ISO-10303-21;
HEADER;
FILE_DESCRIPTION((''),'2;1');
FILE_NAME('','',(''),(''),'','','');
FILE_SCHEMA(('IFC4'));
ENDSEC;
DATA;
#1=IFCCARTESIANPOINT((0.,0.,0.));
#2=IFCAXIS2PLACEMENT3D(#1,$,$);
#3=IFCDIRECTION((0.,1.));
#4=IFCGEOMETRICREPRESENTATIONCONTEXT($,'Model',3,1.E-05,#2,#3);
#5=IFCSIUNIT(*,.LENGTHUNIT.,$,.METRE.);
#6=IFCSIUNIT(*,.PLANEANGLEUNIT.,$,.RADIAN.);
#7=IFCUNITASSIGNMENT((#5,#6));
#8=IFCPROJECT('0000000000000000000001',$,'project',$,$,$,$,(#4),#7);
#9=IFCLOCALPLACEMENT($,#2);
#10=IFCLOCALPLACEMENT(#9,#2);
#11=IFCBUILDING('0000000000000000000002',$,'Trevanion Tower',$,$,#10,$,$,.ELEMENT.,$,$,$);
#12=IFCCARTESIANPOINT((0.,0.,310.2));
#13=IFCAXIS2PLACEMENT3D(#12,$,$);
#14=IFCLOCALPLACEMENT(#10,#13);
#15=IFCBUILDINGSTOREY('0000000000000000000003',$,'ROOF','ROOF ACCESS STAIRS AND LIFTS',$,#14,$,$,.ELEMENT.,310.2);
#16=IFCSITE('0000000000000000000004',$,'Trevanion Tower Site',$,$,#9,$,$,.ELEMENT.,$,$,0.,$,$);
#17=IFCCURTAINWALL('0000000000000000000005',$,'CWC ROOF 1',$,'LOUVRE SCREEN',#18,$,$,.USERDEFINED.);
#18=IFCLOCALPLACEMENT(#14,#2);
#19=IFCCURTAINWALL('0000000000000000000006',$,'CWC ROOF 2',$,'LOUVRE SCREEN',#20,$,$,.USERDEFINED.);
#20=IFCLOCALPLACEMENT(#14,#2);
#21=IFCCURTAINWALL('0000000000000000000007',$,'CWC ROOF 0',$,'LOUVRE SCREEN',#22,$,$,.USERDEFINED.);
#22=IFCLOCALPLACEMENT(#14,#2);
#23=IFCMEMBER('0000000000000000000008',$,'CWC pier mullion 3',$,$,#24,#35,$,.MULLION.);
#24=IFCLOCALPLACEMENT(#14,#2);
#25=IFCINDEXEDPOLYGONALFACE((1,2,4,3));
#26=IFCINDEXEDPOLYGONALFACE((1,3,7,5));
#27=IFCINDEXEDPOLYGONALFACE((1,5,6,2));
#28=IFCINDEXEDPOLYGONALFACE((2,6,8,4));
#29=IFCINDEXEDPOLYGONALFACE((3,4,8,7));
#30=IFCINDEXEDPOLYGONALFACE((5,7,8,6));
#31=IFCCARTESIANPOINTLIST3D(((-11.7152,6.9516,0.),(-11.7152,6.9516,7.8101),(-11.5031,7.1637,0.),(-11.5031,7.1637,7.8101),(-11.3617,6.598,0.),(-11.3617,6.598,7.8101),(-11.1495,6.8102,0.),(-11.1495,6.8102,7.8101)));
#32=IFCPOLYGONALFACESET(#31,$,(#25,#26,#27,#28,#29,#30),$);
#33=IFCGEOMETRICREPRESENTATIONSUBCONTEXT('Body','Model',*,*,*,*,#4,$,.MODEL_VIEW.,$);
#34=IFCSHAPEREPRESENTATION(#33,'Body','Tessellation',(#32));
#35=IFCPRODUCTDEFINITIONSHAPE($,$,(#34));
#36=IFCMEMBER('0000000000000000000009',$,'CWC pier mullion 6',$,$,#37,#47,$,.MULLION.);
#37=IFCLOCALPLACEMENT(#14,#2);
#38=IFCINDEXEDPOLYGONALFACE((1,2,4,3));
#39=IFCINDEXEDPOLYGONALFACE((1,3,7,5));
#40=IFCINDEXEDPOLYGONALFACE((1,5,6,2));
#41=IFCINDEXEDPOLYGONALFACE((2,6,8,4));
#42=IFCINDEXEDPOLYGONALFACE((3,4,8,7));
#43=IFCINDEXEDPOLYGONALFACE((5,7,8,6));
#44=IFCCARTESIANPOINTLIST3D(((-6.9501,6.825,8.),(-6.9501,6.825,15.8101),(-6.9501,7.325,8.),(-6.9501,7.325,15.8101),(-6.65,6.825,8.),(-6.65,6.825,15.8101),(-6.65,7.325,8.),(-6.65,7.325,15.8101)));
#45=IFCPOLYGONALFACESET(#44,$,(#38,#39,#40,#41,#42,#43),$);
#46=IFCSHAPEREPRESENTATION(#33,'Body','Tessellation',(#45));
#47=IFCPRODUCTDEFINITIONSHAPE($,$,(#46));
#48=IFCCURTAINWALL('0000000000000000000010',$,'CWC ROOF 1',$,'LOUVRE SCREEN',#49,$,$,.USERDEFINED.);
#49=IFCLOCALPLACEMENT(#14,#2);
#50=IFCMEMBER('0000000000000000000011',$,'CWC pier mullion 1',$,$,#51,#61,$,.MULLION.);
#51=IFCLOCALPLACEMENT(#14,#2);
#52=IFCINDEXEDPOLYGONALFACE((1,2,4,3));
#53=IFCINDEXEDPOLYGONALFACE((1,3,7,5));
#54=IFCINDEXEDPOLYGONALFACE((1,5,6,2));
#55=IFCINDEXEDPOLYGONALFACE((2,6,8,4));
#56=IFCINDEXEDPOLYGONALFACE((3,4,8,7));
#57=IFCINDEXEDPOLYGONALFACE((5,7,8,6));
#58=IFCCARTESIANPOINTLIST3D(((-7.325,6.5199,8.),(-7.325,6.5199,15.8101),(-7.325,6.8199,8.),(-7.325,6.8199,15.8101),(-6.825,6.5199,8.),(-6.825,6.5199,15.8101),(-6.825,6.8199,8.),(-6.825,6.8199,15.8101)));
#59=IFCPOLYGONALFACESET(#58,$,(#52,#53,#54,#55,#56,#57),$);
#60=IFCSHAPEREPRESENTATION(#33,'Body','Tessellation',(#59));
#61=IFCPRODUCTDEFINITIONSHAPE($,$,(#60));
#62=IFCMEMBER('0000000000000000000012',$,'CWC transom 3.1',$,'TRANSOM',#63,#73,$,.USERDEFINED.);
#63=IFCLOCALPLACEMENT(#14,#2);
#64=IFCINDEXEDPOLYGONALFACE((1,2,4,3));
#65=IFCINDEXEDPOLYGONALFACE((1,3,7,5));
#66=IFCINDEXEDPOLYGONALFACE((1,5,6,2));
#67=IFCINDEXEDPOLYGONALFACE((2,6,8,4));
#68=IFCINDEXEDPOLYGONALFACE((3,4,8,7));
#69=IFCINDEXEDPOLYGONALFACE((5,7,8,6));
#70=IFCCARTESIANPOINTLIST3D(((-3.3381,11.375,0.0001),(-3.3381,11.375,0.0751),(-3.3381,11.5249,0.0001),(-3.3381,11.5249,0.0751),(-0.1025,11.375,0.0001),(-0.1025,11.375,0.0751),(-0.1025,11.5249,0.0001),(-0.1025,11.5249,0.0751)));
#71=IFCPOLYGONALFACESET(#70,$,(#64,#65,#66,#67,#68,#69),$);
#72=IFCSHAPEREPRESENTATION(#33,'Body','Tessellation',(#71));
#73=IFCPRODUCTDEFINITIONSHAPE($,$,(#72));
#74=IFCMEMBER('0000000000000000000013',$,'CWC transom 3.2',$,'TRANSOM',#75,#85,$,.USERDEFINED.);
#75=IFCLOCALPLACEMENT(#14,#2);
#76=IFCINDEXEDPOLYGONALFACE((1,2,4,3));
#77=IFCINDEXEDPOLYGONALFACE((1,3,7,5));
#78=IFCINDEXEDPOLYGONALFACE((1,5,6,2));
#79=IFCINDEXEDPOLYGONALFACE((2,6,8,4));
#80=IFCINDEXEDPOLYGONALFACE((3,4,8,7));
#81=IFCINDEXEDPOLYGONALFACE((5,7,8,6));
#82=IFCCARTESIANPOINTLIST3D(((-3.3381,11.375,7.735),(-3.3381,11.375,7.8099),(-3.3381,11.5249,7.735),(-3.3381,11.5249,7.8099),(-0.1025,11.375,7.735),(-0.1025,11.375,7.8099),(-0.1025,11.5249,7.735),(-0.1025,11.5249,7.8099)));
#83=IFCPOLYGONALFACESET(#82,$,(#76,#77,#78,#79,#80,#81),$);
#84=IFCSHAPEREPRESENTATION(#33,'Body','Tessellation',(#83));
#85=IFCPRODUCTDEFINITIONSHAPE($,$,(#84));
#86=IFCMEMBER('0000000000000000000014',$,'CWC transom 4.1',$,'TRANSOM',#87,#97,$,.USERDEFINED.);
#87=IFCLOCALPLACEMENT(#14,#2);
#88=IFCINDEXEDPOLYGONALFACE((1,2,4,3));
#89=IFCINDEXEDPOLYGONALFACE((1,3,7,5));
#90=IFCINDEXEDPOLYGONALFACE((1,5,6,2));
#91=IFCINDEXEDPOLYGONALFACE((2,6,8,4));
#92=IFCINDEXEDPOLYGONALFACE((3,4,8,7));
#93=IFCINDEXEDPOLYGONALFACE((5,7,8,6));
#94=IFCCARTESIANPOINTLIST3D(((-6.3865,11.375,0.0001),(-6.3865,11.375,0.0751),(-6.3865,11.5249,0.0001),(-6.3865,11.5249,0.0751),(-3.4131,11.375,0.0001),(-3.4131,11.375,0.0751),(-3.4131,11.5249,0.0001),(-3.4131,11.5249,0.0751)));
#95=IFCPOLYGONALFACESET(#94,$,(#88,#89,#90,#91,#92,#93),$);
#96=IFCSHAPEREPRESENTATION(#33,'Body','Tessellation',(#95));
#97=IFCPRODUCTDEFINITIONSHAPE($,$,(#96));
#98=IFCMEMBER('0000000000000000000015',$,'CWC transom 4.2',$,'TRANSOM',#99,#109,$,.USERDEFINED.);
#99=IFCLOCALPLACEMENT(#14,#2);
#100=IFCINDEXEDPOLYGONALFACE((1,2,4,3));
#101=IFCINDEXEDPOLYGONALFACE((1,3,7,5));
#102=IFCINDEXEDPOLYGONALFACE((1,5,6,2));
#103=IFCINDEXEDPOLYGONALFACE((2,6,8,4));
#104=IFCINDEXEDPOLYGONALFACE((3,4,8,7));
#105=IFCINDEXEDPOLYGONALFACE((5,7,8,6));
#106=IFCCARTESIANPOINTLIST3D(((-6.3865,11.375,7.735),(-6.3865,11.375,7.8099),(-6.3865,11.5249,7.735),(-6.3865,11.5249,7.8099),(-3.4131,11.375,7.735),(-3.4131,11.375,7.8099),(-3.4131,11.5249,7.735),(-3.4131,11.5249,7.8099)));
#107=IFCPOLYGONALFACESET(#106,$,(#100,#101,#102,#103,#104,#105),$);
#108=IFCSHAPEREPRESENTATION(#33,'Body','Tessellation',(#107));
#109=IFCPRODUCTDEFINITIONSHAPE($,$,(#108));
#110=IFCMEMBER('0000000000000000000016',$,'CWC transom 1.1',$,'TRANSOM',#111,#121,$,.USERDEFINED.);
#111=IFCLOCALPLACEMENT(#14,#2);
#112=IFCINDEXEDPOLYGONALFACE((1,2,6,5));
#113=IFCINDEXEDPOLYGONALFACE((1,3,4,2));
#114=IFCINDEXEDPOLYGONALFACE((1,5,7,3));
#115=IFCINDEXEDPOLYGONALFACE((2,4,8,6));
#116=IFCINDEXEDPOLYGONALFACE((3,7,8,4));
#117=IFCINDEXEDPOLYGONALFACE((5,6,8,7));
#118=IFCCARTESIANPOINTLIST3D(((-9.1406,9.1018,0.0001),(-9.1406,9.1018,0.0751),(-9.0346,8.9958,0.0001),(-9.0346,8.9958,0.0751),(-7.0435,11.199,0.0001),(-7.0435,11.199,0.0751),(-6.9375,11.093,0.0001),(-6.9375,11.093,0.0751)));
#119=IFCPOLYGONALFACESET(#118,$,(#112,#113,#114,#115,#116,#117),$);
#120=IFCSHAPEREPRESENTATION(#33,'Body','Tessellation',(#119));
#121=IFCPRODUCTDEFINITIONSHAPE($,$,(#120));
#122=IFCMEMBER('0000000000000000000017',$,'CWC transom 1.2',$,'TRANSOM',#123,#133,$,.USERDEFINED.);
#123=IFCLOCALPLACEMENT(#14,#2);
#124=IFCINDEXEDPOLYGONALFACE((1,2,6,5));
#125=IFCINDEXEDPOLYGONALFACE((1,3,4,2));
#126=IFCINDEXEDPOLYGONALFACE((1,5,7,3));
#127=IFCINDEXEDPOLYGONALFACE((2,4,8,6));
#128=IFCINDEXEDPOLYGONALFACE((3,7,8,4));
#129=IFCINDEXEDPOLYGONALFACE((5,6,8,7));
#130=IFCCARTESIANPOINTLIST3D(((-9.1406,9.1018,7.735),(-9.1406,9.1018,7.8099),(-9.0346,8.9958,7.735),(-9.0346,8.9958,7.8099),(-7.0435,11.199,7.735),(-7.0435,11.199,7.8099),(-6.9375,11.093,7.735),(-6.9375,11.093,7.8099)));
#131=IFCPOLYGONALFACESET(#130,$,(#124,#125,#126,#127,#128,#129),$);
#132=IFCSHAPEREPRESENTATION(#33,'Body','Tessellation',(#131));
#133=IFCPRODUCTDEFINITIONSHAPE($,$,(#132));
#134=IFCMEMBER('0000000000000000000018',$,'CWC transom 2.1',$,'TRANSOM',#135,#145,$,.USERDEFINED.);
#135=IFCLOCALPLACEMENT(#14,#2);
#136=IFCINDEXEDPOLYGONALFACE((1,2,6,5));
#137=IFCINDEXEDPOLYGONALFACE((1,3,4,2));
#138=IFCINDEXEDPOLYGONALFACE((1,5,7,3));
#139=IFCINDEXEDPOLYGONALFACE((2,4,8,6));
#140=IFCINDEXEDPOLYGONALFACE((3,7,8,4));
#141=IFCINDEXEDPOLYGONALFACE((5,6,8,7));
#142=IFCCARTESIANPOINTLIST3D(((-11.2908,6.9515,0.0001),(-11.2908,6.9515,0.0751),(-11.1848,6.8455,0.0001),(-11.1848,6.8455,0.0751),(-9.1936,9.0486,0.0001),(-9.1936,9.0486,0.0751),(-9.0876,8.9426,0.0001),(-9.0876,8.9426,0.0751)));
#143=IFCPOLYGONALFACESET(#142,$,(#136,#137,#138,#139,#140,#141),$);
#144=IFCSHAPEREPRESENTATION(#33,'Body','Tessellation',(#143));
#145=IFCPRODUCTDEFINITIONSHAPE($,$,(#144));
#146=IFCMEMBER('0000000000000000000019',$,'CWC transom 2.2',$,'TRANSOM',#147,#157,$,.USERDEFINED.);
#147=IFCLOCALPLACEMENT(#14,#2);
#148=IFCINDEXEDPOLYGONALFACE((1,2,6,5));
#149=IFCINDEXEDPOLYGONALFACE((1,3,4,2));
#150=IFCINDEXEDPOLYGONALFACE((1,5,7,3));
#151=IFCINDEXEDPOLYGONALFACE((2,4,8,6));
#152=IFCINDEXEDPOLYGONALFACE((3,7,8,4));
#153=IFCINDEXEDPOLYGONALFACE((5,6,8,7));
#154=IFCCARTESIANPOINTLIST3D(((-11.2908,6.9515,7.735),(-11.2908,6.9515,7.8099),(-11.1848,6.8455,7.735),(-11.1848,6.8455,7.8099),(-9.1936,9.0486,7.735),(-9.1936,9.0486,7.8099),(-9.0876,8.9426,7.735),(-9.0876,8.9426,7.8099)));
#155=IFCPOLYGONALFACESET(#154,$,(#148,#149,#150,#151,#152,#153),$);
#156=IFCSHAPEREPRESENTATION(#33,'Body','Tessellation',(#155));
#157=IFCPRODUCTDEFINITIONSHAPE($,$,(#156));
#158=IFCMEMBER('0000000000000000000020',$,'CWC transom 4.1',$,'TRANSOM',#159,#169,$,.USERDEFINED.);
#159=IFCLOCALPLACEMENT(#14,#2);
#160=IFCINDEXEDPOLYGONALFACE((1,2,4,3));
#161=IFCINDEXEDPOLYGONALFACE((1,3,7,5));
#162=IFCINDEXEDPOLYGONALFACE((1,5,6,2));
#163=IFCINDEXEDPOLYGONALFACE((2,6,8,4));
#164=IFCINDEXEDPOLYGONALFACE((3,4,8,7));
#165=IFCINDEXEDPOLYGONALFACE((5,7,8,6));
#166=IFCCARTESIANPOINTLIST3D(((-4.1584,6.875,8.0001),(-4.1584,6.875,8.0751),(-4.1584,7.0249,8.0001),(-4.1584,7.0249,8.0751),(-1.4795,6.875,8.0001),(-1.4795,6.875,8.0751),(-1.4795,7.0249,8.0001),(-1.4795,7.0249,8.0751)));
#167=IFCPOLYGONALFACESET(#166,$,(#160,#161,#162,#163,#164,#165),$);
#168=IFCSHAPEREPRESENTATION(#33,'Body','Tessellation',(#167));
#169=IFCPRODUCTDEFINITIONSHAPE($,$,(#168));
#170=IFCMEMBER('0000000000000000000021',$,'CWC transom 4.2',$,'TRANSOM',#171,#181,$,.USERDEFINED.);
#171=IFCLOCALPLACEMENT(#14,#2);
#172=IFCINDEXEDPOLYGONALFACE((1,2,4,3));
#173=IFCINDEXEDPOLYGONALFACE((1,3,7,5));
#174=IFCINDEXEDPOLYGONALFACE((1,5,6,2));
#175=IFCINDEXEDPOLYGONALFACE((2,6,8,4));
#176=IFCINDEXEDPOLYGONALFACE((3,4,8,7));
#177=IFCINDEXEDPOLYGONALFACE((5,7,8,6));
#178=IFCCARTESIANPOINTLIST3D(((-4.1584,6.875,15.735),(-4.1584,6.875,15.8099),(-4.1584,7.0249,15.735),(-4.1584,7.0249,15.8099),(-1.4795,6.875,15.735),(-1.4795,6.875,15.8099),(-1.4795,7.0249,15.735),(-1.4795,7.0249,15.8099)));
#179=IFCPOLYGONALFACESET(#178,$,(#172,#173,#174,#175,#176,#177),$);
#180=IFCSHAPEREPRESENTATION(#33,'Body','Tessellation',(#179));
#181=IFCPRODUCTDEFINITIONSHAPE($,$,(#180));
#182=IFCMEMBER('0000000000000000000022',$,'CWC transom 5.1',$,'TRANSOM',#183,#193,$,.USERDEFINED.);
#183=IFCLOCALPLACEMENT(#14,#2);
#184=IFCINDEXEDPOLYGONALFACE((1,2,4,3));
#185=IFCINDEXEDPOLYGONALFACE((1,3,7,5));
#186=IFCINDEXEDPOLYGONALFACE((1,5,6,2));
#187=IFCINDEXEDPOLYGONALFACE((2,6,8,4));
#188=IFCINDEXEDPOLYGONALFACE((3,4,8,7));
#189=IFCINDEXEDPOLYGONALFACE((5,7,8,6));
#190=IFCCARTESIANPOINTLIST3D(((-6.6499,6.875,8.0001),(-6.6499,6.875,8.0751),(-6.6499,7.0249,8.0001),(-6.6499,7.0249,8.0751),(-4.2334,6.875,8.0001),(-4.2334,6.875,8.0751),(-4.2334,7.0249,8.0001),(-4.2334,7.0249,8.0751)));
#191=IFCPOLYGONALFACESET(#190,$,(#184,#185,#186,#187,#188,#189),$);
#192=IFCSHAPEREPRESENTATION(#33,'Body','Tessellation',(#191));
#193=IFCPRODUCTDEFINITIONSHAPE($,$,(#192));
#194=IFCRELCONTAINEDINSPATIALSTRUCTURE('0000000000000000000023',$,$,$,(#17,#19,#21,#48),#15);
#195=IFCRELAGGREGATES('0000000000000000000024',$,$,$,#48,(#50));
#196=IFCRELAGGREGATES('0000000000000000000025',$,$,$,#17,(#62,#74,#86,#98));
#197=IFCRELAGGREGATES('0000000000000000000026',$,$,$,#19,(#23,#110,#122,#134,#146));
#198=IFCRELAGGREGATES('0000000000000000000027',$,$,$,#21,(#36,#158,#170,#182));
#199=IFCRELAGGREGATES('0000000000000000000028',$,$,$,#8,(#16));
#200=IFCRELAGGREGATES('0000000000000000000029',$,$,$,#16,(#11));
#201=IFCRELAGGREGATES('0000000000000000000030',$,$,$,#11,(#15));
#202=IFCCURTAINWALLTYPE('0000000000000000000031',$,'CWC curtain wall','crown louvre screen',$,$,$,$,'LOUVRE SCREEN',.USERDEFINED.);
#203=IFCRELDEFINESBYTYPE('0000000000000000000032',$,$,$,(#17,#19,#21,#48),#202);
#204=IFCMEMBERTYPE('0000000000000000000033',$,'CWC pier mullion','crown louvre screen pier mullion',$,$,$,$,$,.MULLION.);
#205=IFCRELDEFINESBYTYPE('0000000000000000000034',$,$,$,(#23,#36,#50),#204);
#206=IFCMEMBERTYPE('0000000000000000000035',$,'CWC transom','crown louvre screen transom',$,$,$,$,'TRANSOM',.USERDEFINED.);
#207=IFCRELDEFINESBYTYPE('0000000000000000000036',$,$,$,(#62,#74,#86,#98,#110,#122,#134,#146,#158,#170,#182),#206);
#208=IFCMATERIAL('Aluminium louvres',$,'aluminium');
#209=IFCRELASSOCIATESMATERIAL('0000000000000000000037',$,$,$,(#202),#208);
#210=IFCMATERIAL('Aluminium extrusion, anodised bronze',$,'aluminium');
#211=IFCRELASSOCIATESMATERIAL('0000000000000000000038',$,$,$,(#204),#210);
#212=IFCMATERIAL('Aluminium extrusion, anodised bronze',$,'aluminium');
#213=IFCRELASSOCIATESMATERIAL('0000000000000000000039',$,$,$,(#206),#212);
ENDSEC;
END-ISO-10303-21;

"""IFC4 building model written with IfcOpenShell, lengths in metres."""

from ifc_helpers import new_model, si_unit, direction, frame, origin, origin_2d, place, context, subcontext, project, spatial, rectangle, extrude, material, material_profile, profile_set, type_object, element, aggregate, save


model = new_model("IFC4")

# Units and contexts
model_context = context("Model", 3, precision=1e-05, world=origin(), true_north=direction((0.0, 1.0)))
body_context = subcontext(model_context, "Body", "Model", "MODEL_VIEW")
ifc_project = project(units=[si_unit("LENGTHUNIT", "METRE"), si_unit("PLANEANGLEUNIT", "RADIAN")], contexts=[model_context])

# Site, building, storey
site_placement = place(None, origin())
site = spatial("IfcSite", under=ifc_project, at=site_placement, Name="Trevanion Tower Site", CompositionType="ELEMENT", RefElevation=0.0)
building_placement = place(site_placement, origin())
building = spatial("IfcBuilding", under=site, at=building_placement, Name="Trevanion Tower", CompositionType="ELEMENT")
storey_placement = place(building_placement, frame((0.0, 0.0, 310.2)))
storey = spatial("IfcBuildingStorey", under=building, at=storey_placement, Name="ROOF", Description="ROOF ACCESS STAIRS AND LIFTS", CompositionType="ELEMENT", Elevation=310.2)

# Curtain wall
ifc_material_1 = material(Name="Aluminium louvres", Category="aluminium")
curtain_wall_type = type_object("IfcCurtainWallType", Name="CWC curtain wall", Description="crown louvre screen", ElementType="LOUVRE SCREEN", PredefinedType="USERDEFINED", material=ifc_material_1)
curtain_wall_1_placement = place(storey_placement, origin())
curtain_wall_1 = element("IfcCurtainWall", 1, at=curtain_wall_1_placement, inside=storey, type_object=curtain_wall_type, Name="CWC ROOF 1", ObjectType="LOUVRE SCREEN", PredefinedType="USERDEFINED")

# Curtain wall
curtain_wall_2_placement = place(storey_placement, origin())
curtain_wall_2 = element("IfcCurtainWall", 2, at=curtain_wall_2_placement, inside=storey, type_object=curtain_wall_type, Name="CWC ROOF 2", ObjectType="LOUVRE SCREEN", PredefinedType="USERDEFINED")

# Curtain wall
curtain_wall_3_placement = place(storey_placement, origin())
curtain_wall_3 = element("IfcCurtainWall", 3, at=curtain_wall_3_placement, inside=storey, type_object=curtain_wall_type, Name="CWC ROOF 0", ObjectType="LOUVRE SCREEN", PredefinedType="USERDEFINED")

# Members
ifc_material_2 = material(Name="Aluminium extrusion, anodised bronze", Category="aluminium")
ifc_material_profile_1 = material_profile(ifc_material_2, rectangle(XDim=0.3, YDim=0.5, at=origin_2d()), Name="CWC pier mullion")
ifc_profile_set_1 = profile_set([ifc_material_profile_1], Name="Aluminium extrusion, anodised bronze")
member_type_1 = type_object("IfcMemberType", Name="CWC pier mullion", Description="crown louvre screen pier mullion", PredefinedType="MULLION", material=ifc_profile_set_1)
member_1_placement = place(storey_placement, frame((-11.4324, 6.8809, 0.0), z_axis=(0.0, 0.0, 1.0), x_axis=(-0.707107, -0.707107, 0.0)))
member_1 = element("IfcMember", 4, at=member_1_placement, type_object=member_type_1, Name="CWC pier mullion 3", PredefinedType="MULLION", context=body_context, shape_type="SweptSolid", body=[
    extrude(rectangle(XDim=0.3, YDim=0.5, at=origin_2d()), origin(), (0.0, 0.0, 1.0), 7.8101),
])
member_2_placement = place(storey_placement, frame((-6.8, 7.075, 8.0), z_axis=(0.0, 0.0, 1.0), x_axis=(-1.0, 0.0, 0.0)))
member_2 = element("IfcMember", 5, at=member_2_placement, type_object=member_type_1, Name="CWC pier mullion 6", PredefinedType="MULLION", context=body_context, shape_type="SweptSolid", body=[
    extrude(rectangle(XDim=0.3, YDim=0.5, at=origin_2d()), origin(), (0.0, 0.0, 1.0), 7.8101),
])

# Curtain wall, member
curtain_wall_4_placement = place(storey_placement, origin())
curtain_wall_4 = element("IfcCurtainWall", 6, at=curtain_wall_4_placement, inside=storey, type_object=curtain_wall_type, Name="CWC ROOF 1", ObjectType="LOUVRE SCREEN", PredefinedType="USERDEFINED")
member_3_placement = place(storey_placement, frame((-7.075, 6.6699, 8.0), z_axis=(0.0, 0.0, 1.0), x_axis=(0.0, -1.0, 0.0)))
member_3 = element("IfcMember", 7, at=member_3_placement, type_object=member_type_1, Name="CWC pier mullion 1", PredefinedType="MULLION", context=body_context, shape_type="SweptSolid", body=[
    extrude(rectangle(XDim=0.3, YDim=0.5, at=origin_2d()), origin(), (0.0, 0.0, 1.0), 7.8101),
])
aggregate(curtain_wall_4, [member_3])

# Members
ifc_material_3 = material(Name="Aluminium extrusion, anodised bronze", Category="aluminium")
ifc_material_profile_2 = material_profile(ifc_material_3, rectangle(XDim=0.1499, YDim=0.075, at=origin_2d()), Name="CWC transom")
ifc_profile_set_2 = profile_set([ifc_material_profile_2], Name="Aluminium extrusion, anodised bronze")
member_type_2 = type_object("IfcMemberType", Name="CWC transom", Description="crown louvre screen transom", ElementType="TRANSOM", PredefinedType="USERDEFINED", material=ifc_profile_set_2)
member_4_placement = place(storey_placement, frame((-0.1025, 11.45, 0.0376), z_axis=(-1.0, 0.0, 0.0), x_axis=(0.0, -1.0, 0.0)))
member_4 = element("IfcMember", 8, at=member_4_placement, type_object=member_type_2, Name="CWC transom 3.1", ObjectType="TRANSOM", PredefinedType="USERDEFINED", context=body_context, shape_type="SweptSolid", body=[
    extrude(rectangle(XDim=0.1499, YDim=0.075, at=origin_2d()), origin(), (0.0, 0.0, 1.0), 3.2356),
])
member_5_placement = place(storey_placement, frame((-0.1025, 11.45, 7.7725), z_axis=(-1.0, 0.0, 0.0), x_axis=(0.0, -1.0, 0.0)))
member_5 = element("IfcMember", 9, at=member_5_placement, type_object=member_type_2, Name="CWC transom 3.2", ObjectType="TRANSOM", PredefinedType="USERDEFINED", context=body_context, shape_type="SweptSolid", body=[
    extrude(rectangle(XDim=0.1499, YDim=0.075, at=origin_2d()), origin(), (0.0, 0.0, 1.0), 3.2356),
])
member_6_placement = place(storey_placement, frame((-3.4131, 11.45, 0.0376), z_axis=(-1.0, 0.0, 0.0), x_axis=(0.0, -1.0, 0.0)))
member_6 = element("IfcMember", 10, at=member_6_placement, type_object=member_type_2, Name="CWC transom 4.1", ObjectType="TRANSOM", PredefinedType="USERDEFINED", context=body_context, shape_type="SweptSolid", body=[
    extrude(rectangle(XDim=0.1499, YDim=0.075, at=origin_2d()), origin(), (0.0, 0.0, 1.0), 2.9734),
])
member_7_placement = place(storey_placement, frame((-3.4131, 11.45, 7.7725), z_axis=(-1.0, 0.0, 0.0), x_axis=(0.0, -1.0, 0.0)))
member_7 = element("IfcMember", 11, at=member_7_placement, type_object=member_type_2, Name="CWC transom 4.2", ObjectType="TRANSOM", PredefinedType="USERDEFINED", context=body_context, shape_type="SweptSolid", body=[
    extrude(rectangle(XDim=0.1499, YDim=0.075, at=origin_2d()), origin(), (0.0, 0.0, 1.0), 2.9734),
])
member_8_placement = place(storey_placement, frame((-6.9905, 11.146, 0.0376), z_axis=(-0.707107, -0.707107, 0.0), x_axis=(0.707107, -0.707107, 0.0)))
member_8 = element("IfcMember", 12, at=member_8_placement, type_object=member_type_2, Name="CWC transom 1.1", ObjectType="TRANSOM", PredefinedType="USERDEFINED", context=body_context, shape_type="SweptSolid", body=[
    extrude(rectangle(XDim=0.1499, YDim=0.075, at=origin_2d()), origin(), (0.0, 0.0, 1.0), 2.9658),
])
member_9_placement = place(storey_placement, frame((-6.9905, 11.146, 7.7725), z_axis=(-0.707107, -0.707107, 0.0), x_axis=(0.707107, -0.707107, 0.0)))
member_9 = element("IfcMember", 13, at=member_9_placement, type_object=member_type_2, Name="CWC transom 1.2", ObjectType="TRANSOM", PredefinedType="USERDEFINED", context=body_context, shape_type="SweptSolid", body=[
    extrude(rectangle(XDim=0.1499, YDim=0.075, at=origin_2d()), origin(), (0.0, 0.0, 1.0), 2.9658),
])
member_10_placement = place(storey_placement, frame((-9.1406, 8.9956, 0.0376), z_axis=(-0.707107, -0.707107, 0.0), x_axis=(0.707107, -0.707107, 0.0)))
member_10 = element("IfcMember", 14, at=member_10_placement, type_object=member_type_2, Name="CWC transom 2.1", ObjectType="TRANSOM", PredefinedType="USERDEFINED", context=body_context, shape_type="SweptSolid", body=[
    extrude(rectangle(XDim=0.1499, YDim=0.075, at=origin_2d()), origin(), (0.0, 0.0, 1.0), 2.9658),
])
member_11_placement = place(storey_placement, frame((-9.1406, 8.9956, 7.7725), z_axis=(-0.707107, -0.707107, 0.0), x_axis=(0.707107, -0.707107, 0.0)))
member_11 = element("IfcMember", 15, at=member_11_placement, type_object=member_type_2, Name="CWC transom 2.2", ObjectType="TRANSOM", PredefinedType="USERDEFINED", context=body_context, shape_type="SweptSolid", body=[
    extrude(rectangle(XDim=0.1499, YDim=0.075, at=origin_2d()), origin(), (0.0, 0.0, 1.0), 2.9658),
])
member_12_placement = place(storey_placement, frame((-1.4795, 6.95, 8.0376), z_axis=(-1.0, 0.0, 0.0), x_axis=(0.0, -1.0, 0.0)))
member_12 = element("IfcMember", 16, at=member_12_placement, type_object=member_type_2, Name="CWC transom 4.1", ObjectType="TRANSOM", PredefinedType="USERDEFINED", context=body_context, shape_type="SweptSolid", body=[
    extrude(rectangle(XDim=0.1499, YDim=0.075, at=origin_2d()), origin(), (0.0, 0.0, 1.0), 2.679),
])
member_13_placement = place(storey_placement, frame((-1.4795, 6.95, 15.7725), z_axis=(-1.0, 0.0, 0.0), x_axis=(0.0, -1.0, 0.0)))
member_13 = element("IfcMember", 17, at=member_13_placement, type_object=member_type_2, Name="CWC transom 4.2", ObjectType="TRANSOM", PredefinedType="USERDEFINED", context=body_context, shape_type="SweptSolid", body=[
    extrude(rectangle(XDim=0.1499, YDim=0.075, at=origin_2d()), origin(), (0.0, 0.0, 1.0), 2.679),
])
member_14_placement = place(storey_placement, frame((-4.2334, 6.95, 8.0376), z_axis=(-1.0, 0.0, 0.0), x_axis=(0.0, -1.0, 0.0)))
member_14 = element("IfcMember", 18, at=member_14_placement, type_object=member_type_2, Name="CWC transom 5.1", ObjectType="TRANSOM", PredefinedType="USERDEFINED", context=body_context, shape_type="SweptSolid", body=[
    extrude(rectangle(XDim=0.1499, YDim=0.075, at=origin_2d()), origin(), (0.0, 0.0, 1.0), 2.4165),
])

aggregate(curtain_wall_1, [member_4, member_5, member_6, member_7])
aggregate(curtain_wall_2, [member_1, member_8, member_9, member_10, member_11])
aggregate(curtain_wall_3, [member_2, member_12, member_13, member_14])

save(model, "model.ifc")
